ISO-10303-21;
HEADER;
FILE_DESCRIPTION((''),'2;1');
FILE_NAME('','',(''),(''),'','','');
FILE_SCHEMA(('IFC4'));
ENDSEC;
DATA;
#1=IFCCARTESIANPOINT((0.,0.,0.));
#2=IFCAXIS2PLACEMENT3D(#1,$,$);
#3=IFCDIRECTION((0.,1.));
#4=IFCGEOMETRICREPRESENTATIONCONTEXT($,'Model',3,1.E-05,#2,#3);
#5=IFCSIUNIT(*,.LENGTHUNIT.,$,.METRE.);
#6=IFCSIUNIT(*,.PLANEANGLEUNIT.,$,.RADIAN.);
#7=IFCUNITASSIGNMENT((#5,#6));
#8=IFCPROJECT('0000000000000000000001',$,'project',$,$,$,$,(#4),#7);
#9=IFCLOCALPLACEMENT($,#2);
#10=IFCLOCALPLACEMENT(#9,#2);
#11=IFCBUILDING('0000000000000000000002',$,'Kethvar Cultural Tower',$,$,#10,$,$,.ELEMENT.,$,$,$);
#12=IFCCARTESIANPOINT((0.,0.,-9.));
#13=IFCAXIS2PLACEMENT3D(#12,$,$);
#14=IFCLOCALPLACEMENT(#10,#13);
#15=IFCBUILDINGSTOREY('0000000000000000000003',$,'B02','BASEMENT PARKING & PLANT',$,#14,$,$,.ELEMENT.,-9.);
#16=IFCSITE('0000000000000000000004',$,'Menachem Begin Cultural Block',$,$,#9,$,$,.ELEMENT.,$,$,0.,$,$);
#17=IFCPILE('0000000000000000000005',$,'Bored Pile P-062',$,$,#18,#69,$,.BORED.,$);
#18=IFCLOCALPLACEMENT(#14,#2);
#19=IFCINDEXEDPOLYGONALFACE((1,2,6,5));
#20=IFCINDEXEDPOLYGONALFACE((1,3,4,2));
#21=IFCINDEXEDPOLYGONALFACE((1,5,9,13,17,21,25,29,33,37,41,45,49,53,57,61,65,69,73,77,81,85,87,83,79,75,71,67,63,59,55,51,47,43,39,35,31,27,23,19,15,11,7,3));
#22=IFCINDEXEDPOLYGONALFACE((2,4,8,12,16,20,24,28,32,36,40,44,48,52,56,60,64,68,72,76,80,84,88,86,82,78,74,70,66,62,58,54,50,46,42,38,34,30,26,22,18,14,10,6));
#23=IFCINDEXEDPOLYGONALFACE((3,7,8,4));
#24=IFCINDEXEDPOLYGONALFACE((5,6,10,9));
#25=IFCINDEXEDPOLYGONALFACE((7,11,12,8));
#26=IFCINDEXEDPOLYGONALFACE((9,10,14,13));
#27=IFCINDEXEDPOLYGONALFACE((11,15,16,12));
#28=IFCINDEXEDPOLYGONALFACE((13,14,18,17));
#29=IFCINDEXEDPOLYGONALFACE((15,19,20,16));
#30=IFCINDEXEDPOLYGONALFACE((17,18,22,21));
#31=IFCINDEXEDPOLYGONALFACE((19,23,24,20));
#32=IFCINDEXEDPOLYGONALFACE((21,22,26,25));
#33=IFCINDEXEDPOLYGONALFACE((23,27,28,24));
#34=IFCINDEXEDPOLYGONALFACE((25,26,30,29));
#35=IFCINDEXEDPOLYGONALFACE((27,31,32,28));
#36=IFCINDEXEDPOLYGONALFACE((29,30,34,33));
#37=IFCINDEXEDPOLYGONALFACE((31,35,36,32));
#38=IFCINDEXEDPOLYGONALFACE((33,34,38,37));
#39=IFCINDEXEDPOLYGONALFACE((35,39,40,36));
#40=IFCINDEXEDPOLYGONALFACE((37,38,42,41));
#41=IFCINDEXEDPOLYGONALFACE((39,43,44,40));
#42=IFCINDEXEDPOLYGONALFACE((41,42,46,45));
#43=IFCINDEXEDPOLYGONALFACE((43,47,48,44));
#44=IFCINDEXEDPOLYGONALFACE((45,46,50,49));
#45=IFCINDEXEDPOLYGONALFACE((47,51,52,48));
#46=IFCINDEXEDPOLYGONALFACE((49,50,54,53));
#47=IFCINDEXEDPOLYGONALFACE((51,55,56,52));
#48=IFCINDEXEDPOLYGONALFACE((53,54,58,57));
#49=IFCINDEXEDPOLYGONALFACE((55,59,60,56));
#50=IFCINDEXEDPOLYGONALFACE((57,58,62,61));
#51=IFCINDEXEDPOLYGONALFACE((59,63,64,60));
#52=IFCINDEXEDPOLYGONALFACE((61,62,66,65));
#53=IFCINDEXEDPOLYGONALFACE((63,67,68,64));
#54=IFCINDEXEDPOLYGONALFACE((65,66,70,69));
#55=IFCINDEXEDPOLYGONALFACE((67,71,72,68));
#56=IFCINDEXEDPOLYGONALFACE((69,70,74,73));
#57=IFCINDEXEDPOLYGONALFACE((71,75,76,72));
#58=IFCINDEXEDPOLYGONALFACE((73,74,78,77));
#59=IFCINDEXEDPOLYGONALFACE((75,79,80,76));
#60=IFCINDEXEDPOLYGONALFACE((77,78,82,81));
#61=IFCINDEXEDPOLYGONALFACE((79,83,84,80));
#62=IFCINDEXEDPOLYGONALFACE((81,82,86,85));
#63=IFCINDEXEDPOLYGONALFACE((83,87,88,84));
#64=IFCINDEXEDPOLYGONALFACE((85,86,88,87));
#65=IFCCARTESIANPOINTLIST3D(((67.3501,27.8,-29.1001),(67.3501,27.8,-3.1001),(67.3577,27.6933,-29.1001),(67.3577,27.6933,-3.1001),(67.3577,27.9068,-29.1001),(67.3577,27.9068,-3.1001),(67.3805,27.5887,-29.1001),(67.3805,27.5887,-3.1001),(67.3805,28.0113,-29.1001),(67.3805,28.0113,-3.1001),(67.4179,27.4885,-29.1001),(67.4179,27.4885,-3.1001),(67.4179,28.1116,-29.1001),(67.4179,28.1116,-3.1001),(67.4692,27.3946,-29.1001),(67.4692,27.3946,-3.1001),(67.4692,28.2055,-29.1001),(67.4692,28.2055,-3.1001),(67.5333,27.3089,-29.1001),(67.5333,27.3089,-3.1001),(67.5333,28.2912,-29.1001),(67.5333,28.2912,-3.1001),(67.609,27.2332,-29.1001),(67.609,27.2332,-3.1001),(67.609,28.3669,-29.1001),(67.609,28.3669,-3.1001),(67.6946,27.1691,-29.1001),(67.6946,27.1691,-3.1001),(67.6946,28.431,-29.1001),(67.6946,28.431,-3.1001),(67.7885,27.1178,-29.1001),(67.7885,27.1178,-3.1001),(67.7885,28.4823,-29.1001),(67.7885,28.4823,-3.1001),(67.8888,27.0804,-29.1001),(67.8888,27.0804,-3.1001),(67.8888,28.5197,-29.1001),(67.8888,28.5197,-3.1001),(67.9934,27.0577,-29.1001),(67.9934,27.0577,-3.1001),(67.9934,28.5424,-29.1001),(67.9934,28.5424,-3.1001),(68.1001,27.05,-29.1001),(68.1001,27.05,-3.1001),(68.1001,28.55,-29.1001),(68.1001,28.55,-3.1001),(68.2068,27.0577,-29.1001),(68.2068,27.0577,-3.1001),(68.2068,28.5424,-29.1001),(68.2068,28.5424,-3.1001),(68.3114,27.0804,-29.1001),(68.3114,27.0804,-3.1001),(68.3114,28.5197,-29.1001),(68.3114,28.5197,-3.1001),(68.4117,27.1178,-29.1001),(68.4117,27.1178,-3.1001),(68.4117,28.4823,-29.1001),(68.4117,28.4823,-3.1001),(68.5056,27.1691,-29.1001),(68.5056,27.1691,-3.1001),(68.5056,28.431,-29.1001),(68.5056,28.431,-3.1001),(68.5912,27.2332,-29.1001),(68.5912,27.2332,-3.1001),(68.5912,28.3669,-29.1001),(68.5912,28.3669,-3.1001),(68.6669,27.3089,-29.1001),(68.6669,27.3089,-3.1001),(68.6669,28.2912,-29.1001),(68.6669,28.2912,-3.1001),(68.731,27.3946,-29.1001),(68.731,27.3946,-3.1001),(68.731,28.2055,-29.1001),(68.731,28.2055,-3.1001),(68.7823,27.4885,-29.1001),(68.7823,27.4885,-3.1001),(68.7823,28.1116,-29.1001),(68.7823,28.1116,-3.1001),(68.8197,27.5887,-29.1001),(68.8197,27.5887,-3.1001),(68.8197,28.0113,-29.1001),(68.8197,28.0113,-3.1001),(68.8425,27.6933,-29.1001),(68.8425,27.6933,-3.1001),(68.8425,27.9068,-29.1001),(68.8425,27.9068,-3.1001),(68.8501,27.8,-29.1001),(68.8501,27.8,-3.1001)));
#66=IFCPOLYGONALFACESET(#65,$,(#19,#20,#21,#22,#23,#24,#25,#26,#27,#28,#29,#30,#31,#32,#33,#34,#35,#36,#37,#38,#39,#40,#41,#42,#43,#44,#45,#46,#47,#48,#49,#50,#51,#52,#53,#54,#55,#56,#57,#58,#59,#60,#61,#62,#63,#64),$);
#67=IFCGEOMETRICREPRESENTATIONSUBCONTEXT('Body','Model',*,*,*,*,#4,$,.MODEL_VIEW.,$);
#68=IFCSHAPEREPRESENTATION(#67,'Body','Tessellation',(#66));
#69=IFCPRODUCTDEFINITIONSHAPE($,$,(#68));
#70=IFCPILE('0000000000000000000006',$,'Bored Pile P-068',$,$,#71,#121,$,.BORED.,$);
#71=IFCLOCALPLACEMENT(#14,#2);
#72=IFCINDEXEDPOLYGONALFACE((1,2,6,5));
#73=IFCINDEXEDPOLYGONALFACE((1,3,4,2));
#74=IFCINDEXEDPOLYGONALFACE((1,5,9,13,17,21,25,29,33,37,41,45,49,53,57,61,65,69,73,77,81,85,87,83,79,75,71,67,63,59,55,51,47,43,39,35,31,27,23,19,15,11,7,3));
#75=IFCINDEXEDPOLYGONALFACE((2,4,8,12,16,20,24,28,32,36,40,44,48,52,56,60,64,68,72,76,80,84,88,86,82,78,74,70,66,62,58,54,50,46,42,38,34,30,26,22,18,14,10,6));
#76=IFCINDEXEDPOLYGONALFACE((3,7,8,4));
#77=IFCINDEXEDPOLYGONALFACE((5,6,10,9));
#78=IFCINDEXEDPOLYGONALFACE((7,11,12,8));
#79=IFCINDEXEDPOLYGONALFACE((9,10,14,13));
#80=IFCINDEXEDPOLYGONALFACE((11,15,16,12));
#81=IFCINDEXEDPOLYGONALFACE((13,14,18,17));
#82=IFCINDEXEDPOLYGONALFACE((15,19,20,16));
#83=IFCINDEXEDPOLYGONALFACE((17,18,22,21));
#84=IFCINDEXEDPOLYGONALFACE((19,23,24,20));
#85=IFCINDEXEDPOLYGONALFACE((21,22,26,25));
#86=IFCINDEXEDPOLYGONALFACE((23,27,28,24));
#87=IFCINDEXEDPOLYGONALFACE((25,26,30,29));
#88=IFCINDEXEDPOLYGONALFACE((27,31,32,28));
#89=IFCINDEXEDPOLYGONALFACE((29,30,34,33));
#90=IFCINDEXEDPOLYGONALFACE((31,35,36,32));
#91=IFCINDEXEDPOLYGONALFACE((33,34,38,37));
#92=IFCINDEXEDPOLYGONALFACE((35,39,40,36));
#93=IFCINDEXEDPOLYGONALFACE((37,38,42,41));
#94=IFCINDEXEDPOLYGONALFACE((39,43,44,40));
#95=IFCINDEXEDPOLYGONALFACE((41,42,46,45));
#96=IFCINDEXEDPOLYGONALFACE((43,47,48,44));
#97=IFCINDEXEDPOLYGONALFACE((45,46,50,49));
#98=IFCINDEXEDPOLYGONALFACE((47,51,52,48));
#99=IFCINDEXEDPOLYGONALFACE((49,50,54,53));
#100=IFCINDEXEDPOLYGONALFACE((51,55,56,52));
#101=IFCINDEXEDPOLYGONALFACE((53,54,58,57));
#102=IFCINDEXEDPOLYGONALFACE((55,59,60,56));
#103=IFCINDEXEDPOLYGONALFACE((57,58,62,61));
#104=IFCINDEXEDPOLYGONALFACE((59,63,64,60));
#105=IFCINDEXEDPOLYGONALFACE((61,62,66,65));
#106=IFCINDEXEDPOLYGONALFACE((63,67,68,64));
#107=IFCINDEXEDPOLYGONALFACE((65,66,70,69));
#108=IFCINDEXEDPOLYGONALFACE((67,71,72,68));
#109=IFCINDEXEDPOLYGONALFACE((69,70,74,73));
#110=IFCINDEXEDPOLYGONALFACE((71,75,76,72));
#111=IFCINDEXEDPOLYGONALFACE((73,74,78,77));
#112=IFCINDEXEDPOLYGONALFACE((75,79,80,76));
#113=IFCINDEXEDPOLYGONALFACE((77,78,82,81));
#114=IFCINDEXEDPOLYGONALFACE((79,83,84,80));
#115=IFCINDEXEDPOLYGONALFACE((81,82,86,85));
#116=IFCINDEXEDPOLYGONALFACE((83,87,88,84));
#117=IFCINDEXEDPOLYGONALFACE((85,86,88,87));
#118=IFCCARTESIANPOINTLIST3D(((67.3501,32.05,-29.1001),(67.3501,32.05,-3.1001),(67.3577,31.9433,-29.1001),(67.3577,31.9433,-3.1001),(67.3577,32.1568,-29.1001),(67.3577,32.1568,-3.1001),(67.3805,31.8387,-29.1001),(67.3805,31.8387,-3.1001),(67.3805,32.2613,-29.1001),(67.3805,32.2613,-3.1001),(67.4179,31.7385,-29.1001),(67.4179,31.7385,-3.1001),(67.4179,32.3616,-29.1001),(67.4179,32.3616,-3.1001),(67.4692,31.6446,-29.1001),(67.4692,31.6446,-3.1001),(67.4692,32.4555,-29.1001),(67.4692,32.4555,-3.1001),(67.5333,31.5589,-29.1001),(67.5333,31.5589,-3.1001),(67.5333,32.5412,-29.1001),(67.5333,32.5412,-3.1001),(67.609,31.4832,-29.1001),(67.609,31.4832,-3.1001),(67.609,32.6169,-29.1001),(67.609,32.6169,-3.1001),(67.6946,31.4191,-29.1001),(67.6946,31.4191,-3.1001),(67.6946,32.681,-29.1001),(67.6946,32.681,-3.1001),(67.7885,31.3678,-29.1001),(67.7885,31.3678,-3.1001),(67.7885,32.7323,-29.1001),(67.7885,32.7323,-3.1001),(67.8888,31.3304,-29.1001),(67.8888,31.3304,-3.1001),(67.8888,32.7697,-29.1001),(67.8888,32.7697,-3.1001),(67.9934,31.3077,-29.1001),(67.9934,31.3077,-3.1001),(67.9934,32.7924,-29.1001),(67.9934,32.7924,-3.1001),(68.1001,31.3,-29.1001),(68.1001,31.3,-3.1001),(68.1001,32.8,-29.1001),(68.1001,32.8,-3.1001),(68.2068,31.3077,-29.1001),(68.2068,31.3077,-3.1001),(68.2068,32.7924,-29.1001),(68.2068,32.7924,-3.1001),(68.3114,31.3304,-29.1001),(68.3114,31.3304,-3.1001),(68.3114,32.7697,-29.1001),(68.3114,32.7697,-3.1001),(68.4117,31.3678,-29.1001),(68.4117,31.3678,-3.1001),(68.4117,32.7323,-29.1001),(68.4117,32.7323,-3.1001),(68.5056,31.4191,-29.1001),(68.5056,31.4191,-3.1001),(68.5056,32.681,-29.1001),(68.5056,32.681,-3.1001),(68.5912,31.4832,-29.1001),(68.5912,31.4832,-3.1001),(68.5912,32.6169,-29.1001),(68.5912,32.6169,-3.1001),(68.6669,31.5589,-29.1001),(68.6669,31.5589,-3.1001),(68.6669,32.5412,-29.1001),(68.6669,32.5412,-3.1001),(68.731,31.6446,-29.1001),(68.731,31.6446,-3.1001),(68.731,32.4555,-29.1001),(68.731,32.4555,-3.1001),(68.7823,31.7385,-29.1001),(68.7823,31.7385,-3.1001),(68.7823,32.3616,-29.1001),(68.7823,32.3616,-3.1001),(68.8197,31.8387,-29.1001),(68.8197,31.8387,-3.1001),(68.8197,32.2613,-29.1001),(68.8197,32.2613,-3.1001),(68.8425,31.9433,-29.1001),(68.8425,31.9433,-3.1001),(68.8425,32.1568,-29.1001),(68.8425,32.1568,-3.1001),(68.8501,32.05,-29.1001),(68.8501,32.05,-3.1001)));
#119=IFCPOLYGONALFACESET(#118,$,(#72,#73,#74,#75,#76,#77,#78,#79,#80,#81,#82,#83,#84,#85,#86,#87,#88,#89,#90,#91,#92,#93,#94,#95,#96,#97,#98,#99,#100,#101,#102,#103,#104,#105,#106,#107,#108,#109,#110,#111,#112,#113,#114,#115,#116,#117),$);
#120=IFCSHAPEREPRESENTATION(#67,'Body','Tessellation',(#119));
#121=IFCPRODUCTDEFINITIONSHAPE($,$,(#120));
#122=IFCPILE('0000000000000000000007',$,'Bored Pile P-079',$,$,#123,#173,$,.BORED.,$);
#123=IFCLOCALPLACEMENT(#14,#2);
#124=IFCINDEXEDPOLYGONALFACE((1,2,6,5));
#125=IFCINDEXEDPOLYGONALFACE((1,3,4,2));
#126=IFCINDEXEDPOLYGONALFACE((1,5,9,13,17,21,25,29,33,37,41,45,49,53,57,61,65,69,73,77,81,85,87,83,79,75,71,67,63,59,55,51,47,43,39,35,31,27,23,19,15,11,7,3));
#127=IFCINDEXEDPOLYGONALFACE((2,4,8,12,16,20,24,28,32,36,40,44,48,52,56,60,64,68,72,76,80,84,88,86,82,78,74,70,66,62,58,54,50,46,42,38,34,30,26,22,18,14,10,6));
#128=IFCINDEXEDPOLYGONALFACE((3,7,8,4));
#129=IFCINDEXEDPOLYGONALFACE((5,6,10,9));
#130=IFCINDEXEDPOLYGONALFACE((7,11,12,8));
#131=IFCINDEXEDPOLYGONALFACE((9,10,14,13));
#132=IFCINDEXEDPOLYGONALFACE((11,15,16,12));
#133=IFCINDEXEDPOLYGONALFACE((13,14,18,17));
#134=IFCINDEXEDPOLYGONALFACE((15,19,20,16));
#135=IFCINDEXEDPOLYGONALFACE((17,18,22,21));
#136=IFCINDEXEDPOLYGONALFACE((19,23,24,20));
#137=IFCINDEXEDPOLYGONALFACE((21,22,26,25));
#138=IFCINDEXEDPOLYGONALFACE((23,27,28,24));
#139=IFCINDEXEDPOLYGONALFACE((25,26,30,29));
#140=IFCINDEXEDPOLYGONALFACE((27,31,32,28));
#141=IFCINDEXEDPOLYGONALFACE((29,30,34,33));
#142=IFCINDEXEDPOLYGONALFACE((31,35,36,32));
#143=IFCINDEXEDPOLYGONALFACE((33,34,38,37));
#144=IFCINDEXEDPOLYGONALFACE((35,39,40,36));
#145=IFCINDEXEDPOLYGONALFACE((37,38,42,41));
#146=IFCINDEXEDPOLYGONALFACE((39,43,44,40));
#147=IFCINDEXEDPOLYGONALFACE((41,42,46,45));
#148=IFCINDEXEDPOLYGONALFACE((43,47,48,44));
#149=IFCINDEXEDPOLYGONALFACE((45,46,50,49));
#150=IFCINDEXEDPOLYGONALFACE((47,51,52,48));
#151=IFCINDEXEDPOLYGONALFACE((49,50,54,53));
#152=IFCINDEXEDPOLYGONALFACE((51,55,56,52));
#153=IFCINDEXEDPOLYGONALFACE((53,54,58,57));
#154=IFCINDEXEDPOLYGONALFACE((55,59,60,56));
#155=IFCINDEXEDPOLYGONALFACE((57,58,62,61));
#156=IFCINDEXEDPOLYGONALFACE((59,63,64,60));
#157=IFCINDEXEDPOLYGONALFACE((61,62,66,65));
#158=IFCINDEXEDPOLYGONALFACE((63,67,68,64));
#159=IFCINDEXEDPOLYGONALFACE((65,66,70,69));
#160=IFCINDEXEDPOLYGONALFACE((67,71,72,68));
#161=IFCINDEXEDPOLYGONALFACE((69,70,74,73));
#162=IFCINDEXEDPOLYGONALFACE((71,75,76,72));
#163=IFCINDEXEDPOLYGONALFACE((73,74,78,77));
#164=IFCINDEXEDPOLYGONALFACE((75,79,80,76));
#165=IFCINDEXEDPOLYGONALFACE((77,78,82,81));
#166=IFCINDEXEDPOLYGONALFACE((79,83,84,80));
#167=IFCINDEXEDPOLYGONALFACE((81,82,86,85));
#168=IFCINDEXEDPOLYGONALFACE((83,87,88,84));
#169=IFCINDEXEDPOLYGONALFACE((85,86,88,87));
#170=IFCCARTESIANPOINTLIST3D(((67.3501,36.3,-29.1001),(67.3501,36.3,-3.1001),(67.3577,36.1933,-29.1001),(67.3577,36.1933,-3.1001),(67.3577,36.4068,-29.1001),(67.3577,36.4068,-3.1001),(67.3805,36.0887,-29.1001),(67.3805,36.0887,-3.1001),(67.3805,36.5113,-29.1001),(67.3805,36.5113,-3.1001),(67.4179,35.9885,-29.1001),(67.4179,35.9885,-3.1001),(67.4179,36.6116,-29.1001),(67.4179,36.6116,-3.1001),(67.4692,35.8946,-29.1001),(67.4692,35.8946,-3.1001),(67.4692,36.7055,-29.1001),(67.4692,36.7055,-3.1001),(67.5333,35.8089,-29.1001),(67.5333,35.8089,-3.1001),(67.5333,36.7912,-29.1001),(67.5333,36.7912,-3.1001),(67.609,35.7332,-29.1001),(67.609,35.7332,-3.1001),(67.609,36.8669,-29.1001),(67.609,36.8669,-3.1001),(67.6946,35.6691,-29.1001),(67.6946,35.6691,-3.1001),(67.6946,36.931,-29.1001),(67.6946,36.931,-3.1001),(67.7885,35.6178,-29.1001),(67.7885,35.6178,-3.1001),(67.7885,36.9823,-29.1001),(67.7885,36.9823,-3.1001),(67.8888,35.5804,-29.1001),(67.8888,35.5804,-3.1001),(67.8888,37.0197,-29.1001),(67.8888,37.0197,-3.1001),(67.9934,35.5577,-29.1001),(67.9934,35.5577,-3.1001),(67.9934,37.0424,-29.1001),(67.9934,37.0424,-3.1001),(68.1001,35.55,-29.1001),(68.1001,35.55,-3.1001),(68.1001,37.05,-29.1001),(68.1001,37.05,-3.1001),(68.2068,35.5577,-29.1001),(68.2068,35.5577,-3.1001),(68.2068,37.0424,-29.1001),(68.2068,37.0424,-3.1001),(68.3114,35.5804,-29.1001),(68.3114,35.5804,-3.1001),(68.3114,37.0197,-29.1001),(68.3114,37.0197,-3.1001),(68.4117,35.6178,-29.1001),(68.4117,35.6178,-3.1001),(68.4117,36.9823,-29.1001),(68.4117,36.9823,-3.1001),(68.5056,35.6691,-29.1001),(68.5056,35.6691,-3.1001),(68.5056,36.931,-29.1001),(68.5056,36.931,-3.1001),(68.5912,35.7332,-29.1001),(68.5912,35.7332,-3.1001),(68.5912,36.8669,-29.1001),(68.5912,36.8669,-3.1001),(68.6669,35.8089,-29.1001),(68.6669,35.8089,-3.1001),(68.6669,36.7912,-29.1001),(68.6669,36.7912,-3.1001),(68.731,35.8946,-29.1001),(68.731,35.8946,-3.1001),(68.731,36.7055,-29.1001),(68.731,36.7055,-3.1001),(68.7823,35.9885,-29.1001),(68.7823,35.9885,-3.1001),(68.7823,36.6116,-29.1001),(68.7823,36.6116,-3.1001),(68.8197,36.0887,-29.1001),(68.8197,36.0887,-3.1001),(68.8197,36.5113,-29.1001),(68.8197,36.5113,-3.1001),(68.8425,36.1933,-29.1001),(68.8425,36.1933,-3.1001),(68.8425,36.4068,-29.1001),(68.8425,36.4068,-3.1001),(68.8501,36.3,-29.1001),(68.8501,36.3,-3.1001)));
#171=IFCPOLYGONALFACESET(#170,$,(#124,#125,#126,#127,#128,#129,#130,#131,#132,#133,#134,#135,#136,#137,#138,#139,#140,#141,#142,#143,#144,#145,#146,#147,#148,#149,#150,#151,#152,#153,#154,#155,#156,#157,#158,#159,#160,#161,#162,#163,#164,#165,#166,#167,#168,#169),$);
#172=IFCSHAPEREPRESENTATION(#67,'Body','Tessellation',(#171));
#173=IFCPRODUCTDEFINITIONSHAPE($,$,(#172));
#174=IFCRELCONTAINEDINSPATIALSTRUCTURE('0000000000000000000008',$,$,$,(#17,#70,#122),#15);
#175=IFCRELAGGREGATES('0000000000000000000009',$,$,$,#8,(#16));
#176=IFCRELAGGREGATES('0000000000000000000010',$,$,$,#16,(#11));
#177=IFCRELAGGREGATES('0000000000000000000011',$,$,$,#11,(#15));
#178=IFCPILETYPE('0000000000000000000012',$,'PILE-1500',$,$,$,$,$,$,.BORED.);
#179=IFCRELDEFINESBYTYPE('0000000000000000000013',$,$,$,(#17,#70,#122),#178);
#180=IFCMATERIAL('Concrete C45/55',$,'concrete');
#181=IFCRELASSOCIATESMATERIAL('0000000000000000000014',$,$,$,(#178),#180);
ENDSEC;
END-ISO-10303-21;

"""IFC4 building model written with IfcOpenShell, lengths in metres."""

from ifc_helpers import new_model, si_unit, direction, frame, origin, origin_2d, place, context, subcontext, project, spatial, circle, extrude, source, transform, mapped, material, material_profile, profile_set, type_object, element, save


model = new_model("IFC4")

# Units and contexts
model_context = context("Model", 3, precision=1e-05, world=origin(), true_north=direction((0.0, 1.0)))
body_context = subcontext(model_context, "Body", "Model", "MODEL_VIEW")
ifc_project = project(units=[si_unit("LENGTHUNIT", "METRE"), si_unit("PLANEANGLEUNIT", "RADIAN")], contexts=[model_context])

# Site, building, storey
site_placement = place(None, origin())
site = spatial("IfcSite", under=ifc_project, at=site_placement, Name="Menachem Begin Cultural Block", CompositionType="ELEMENT", RefElevation=0.0)
building_placement = place(site_placement, origin())
building = spatial("IfcBuilding", under=site, at=building_placement, Name="Kethvar Cultural Tower", CompositionType="ELEMENT")
storey_placement = place(building_placement, frame((0.0, 0.0, -9.0)))
storey = spatial("IfcBuildingStorey", under=building, at=storey_placement, Name="B02", Description="BASEMENT PARKING & PLANT", CompositionType="ELEMENT", Elevation=-9.0)

# Piles
ifc_material_1 = material(Name="Concrete C45/55", Category="concrete")
ifc_material_profile_1 = material_profile(ifc_material_1, circle(Radius=0.75, at=origin_2d()), Name="Concrete C45/55 — PILE1500")
ifc_profile_set_1 = profile_set([ifc_material_profile_1], Name="Concrete C45/55 — PILE1500")
pile_type = type_object("IfcPileType", Name="PILE-1500", PredefinedType="BORED", material=ifc_profile_set_1)
shared_shape_1 = source(origin(), body_context, "Body", "SweptSolid", [
    extrude(circle(Radius=0.75, at=origin_2d()), origin(), (0.0, 0.0, 1.0), 26.0),
])
for number, where, z_axis, x_axis, name in (
    (1, (68.1001, 27.8, -3.1001), (0.0, 0.0, -1.0), (1.0, 0.0, 0.0), "Bored Pile P-062"),
    (2, (68.1001, 32.05, -3.1001), (0.0, 0.0, -1.0), (1.0, 0.0, 0.0), "Bored Pile P-068"),
    (3, (68.1001, 36.3, -3.1001), (0.0, 0.0, -1.0), (1.0, 0.0, 0.0), "Bored Pile P-079"),
):
    element("IfcPile", number, at=place(storey_placement, frame(where, z_axis=z_axis, x_axis=x_axis)), inside=storey, type_object=pile_type, Name=name, PredefinedType="BORED", context=body_context, shape_type="MappedRepresentation", body=[
        mapped(shared_shape_1, transform((0.0, 0.0, 0.0), scale=1.0)),
    ])

save(model, "model.ifc")
